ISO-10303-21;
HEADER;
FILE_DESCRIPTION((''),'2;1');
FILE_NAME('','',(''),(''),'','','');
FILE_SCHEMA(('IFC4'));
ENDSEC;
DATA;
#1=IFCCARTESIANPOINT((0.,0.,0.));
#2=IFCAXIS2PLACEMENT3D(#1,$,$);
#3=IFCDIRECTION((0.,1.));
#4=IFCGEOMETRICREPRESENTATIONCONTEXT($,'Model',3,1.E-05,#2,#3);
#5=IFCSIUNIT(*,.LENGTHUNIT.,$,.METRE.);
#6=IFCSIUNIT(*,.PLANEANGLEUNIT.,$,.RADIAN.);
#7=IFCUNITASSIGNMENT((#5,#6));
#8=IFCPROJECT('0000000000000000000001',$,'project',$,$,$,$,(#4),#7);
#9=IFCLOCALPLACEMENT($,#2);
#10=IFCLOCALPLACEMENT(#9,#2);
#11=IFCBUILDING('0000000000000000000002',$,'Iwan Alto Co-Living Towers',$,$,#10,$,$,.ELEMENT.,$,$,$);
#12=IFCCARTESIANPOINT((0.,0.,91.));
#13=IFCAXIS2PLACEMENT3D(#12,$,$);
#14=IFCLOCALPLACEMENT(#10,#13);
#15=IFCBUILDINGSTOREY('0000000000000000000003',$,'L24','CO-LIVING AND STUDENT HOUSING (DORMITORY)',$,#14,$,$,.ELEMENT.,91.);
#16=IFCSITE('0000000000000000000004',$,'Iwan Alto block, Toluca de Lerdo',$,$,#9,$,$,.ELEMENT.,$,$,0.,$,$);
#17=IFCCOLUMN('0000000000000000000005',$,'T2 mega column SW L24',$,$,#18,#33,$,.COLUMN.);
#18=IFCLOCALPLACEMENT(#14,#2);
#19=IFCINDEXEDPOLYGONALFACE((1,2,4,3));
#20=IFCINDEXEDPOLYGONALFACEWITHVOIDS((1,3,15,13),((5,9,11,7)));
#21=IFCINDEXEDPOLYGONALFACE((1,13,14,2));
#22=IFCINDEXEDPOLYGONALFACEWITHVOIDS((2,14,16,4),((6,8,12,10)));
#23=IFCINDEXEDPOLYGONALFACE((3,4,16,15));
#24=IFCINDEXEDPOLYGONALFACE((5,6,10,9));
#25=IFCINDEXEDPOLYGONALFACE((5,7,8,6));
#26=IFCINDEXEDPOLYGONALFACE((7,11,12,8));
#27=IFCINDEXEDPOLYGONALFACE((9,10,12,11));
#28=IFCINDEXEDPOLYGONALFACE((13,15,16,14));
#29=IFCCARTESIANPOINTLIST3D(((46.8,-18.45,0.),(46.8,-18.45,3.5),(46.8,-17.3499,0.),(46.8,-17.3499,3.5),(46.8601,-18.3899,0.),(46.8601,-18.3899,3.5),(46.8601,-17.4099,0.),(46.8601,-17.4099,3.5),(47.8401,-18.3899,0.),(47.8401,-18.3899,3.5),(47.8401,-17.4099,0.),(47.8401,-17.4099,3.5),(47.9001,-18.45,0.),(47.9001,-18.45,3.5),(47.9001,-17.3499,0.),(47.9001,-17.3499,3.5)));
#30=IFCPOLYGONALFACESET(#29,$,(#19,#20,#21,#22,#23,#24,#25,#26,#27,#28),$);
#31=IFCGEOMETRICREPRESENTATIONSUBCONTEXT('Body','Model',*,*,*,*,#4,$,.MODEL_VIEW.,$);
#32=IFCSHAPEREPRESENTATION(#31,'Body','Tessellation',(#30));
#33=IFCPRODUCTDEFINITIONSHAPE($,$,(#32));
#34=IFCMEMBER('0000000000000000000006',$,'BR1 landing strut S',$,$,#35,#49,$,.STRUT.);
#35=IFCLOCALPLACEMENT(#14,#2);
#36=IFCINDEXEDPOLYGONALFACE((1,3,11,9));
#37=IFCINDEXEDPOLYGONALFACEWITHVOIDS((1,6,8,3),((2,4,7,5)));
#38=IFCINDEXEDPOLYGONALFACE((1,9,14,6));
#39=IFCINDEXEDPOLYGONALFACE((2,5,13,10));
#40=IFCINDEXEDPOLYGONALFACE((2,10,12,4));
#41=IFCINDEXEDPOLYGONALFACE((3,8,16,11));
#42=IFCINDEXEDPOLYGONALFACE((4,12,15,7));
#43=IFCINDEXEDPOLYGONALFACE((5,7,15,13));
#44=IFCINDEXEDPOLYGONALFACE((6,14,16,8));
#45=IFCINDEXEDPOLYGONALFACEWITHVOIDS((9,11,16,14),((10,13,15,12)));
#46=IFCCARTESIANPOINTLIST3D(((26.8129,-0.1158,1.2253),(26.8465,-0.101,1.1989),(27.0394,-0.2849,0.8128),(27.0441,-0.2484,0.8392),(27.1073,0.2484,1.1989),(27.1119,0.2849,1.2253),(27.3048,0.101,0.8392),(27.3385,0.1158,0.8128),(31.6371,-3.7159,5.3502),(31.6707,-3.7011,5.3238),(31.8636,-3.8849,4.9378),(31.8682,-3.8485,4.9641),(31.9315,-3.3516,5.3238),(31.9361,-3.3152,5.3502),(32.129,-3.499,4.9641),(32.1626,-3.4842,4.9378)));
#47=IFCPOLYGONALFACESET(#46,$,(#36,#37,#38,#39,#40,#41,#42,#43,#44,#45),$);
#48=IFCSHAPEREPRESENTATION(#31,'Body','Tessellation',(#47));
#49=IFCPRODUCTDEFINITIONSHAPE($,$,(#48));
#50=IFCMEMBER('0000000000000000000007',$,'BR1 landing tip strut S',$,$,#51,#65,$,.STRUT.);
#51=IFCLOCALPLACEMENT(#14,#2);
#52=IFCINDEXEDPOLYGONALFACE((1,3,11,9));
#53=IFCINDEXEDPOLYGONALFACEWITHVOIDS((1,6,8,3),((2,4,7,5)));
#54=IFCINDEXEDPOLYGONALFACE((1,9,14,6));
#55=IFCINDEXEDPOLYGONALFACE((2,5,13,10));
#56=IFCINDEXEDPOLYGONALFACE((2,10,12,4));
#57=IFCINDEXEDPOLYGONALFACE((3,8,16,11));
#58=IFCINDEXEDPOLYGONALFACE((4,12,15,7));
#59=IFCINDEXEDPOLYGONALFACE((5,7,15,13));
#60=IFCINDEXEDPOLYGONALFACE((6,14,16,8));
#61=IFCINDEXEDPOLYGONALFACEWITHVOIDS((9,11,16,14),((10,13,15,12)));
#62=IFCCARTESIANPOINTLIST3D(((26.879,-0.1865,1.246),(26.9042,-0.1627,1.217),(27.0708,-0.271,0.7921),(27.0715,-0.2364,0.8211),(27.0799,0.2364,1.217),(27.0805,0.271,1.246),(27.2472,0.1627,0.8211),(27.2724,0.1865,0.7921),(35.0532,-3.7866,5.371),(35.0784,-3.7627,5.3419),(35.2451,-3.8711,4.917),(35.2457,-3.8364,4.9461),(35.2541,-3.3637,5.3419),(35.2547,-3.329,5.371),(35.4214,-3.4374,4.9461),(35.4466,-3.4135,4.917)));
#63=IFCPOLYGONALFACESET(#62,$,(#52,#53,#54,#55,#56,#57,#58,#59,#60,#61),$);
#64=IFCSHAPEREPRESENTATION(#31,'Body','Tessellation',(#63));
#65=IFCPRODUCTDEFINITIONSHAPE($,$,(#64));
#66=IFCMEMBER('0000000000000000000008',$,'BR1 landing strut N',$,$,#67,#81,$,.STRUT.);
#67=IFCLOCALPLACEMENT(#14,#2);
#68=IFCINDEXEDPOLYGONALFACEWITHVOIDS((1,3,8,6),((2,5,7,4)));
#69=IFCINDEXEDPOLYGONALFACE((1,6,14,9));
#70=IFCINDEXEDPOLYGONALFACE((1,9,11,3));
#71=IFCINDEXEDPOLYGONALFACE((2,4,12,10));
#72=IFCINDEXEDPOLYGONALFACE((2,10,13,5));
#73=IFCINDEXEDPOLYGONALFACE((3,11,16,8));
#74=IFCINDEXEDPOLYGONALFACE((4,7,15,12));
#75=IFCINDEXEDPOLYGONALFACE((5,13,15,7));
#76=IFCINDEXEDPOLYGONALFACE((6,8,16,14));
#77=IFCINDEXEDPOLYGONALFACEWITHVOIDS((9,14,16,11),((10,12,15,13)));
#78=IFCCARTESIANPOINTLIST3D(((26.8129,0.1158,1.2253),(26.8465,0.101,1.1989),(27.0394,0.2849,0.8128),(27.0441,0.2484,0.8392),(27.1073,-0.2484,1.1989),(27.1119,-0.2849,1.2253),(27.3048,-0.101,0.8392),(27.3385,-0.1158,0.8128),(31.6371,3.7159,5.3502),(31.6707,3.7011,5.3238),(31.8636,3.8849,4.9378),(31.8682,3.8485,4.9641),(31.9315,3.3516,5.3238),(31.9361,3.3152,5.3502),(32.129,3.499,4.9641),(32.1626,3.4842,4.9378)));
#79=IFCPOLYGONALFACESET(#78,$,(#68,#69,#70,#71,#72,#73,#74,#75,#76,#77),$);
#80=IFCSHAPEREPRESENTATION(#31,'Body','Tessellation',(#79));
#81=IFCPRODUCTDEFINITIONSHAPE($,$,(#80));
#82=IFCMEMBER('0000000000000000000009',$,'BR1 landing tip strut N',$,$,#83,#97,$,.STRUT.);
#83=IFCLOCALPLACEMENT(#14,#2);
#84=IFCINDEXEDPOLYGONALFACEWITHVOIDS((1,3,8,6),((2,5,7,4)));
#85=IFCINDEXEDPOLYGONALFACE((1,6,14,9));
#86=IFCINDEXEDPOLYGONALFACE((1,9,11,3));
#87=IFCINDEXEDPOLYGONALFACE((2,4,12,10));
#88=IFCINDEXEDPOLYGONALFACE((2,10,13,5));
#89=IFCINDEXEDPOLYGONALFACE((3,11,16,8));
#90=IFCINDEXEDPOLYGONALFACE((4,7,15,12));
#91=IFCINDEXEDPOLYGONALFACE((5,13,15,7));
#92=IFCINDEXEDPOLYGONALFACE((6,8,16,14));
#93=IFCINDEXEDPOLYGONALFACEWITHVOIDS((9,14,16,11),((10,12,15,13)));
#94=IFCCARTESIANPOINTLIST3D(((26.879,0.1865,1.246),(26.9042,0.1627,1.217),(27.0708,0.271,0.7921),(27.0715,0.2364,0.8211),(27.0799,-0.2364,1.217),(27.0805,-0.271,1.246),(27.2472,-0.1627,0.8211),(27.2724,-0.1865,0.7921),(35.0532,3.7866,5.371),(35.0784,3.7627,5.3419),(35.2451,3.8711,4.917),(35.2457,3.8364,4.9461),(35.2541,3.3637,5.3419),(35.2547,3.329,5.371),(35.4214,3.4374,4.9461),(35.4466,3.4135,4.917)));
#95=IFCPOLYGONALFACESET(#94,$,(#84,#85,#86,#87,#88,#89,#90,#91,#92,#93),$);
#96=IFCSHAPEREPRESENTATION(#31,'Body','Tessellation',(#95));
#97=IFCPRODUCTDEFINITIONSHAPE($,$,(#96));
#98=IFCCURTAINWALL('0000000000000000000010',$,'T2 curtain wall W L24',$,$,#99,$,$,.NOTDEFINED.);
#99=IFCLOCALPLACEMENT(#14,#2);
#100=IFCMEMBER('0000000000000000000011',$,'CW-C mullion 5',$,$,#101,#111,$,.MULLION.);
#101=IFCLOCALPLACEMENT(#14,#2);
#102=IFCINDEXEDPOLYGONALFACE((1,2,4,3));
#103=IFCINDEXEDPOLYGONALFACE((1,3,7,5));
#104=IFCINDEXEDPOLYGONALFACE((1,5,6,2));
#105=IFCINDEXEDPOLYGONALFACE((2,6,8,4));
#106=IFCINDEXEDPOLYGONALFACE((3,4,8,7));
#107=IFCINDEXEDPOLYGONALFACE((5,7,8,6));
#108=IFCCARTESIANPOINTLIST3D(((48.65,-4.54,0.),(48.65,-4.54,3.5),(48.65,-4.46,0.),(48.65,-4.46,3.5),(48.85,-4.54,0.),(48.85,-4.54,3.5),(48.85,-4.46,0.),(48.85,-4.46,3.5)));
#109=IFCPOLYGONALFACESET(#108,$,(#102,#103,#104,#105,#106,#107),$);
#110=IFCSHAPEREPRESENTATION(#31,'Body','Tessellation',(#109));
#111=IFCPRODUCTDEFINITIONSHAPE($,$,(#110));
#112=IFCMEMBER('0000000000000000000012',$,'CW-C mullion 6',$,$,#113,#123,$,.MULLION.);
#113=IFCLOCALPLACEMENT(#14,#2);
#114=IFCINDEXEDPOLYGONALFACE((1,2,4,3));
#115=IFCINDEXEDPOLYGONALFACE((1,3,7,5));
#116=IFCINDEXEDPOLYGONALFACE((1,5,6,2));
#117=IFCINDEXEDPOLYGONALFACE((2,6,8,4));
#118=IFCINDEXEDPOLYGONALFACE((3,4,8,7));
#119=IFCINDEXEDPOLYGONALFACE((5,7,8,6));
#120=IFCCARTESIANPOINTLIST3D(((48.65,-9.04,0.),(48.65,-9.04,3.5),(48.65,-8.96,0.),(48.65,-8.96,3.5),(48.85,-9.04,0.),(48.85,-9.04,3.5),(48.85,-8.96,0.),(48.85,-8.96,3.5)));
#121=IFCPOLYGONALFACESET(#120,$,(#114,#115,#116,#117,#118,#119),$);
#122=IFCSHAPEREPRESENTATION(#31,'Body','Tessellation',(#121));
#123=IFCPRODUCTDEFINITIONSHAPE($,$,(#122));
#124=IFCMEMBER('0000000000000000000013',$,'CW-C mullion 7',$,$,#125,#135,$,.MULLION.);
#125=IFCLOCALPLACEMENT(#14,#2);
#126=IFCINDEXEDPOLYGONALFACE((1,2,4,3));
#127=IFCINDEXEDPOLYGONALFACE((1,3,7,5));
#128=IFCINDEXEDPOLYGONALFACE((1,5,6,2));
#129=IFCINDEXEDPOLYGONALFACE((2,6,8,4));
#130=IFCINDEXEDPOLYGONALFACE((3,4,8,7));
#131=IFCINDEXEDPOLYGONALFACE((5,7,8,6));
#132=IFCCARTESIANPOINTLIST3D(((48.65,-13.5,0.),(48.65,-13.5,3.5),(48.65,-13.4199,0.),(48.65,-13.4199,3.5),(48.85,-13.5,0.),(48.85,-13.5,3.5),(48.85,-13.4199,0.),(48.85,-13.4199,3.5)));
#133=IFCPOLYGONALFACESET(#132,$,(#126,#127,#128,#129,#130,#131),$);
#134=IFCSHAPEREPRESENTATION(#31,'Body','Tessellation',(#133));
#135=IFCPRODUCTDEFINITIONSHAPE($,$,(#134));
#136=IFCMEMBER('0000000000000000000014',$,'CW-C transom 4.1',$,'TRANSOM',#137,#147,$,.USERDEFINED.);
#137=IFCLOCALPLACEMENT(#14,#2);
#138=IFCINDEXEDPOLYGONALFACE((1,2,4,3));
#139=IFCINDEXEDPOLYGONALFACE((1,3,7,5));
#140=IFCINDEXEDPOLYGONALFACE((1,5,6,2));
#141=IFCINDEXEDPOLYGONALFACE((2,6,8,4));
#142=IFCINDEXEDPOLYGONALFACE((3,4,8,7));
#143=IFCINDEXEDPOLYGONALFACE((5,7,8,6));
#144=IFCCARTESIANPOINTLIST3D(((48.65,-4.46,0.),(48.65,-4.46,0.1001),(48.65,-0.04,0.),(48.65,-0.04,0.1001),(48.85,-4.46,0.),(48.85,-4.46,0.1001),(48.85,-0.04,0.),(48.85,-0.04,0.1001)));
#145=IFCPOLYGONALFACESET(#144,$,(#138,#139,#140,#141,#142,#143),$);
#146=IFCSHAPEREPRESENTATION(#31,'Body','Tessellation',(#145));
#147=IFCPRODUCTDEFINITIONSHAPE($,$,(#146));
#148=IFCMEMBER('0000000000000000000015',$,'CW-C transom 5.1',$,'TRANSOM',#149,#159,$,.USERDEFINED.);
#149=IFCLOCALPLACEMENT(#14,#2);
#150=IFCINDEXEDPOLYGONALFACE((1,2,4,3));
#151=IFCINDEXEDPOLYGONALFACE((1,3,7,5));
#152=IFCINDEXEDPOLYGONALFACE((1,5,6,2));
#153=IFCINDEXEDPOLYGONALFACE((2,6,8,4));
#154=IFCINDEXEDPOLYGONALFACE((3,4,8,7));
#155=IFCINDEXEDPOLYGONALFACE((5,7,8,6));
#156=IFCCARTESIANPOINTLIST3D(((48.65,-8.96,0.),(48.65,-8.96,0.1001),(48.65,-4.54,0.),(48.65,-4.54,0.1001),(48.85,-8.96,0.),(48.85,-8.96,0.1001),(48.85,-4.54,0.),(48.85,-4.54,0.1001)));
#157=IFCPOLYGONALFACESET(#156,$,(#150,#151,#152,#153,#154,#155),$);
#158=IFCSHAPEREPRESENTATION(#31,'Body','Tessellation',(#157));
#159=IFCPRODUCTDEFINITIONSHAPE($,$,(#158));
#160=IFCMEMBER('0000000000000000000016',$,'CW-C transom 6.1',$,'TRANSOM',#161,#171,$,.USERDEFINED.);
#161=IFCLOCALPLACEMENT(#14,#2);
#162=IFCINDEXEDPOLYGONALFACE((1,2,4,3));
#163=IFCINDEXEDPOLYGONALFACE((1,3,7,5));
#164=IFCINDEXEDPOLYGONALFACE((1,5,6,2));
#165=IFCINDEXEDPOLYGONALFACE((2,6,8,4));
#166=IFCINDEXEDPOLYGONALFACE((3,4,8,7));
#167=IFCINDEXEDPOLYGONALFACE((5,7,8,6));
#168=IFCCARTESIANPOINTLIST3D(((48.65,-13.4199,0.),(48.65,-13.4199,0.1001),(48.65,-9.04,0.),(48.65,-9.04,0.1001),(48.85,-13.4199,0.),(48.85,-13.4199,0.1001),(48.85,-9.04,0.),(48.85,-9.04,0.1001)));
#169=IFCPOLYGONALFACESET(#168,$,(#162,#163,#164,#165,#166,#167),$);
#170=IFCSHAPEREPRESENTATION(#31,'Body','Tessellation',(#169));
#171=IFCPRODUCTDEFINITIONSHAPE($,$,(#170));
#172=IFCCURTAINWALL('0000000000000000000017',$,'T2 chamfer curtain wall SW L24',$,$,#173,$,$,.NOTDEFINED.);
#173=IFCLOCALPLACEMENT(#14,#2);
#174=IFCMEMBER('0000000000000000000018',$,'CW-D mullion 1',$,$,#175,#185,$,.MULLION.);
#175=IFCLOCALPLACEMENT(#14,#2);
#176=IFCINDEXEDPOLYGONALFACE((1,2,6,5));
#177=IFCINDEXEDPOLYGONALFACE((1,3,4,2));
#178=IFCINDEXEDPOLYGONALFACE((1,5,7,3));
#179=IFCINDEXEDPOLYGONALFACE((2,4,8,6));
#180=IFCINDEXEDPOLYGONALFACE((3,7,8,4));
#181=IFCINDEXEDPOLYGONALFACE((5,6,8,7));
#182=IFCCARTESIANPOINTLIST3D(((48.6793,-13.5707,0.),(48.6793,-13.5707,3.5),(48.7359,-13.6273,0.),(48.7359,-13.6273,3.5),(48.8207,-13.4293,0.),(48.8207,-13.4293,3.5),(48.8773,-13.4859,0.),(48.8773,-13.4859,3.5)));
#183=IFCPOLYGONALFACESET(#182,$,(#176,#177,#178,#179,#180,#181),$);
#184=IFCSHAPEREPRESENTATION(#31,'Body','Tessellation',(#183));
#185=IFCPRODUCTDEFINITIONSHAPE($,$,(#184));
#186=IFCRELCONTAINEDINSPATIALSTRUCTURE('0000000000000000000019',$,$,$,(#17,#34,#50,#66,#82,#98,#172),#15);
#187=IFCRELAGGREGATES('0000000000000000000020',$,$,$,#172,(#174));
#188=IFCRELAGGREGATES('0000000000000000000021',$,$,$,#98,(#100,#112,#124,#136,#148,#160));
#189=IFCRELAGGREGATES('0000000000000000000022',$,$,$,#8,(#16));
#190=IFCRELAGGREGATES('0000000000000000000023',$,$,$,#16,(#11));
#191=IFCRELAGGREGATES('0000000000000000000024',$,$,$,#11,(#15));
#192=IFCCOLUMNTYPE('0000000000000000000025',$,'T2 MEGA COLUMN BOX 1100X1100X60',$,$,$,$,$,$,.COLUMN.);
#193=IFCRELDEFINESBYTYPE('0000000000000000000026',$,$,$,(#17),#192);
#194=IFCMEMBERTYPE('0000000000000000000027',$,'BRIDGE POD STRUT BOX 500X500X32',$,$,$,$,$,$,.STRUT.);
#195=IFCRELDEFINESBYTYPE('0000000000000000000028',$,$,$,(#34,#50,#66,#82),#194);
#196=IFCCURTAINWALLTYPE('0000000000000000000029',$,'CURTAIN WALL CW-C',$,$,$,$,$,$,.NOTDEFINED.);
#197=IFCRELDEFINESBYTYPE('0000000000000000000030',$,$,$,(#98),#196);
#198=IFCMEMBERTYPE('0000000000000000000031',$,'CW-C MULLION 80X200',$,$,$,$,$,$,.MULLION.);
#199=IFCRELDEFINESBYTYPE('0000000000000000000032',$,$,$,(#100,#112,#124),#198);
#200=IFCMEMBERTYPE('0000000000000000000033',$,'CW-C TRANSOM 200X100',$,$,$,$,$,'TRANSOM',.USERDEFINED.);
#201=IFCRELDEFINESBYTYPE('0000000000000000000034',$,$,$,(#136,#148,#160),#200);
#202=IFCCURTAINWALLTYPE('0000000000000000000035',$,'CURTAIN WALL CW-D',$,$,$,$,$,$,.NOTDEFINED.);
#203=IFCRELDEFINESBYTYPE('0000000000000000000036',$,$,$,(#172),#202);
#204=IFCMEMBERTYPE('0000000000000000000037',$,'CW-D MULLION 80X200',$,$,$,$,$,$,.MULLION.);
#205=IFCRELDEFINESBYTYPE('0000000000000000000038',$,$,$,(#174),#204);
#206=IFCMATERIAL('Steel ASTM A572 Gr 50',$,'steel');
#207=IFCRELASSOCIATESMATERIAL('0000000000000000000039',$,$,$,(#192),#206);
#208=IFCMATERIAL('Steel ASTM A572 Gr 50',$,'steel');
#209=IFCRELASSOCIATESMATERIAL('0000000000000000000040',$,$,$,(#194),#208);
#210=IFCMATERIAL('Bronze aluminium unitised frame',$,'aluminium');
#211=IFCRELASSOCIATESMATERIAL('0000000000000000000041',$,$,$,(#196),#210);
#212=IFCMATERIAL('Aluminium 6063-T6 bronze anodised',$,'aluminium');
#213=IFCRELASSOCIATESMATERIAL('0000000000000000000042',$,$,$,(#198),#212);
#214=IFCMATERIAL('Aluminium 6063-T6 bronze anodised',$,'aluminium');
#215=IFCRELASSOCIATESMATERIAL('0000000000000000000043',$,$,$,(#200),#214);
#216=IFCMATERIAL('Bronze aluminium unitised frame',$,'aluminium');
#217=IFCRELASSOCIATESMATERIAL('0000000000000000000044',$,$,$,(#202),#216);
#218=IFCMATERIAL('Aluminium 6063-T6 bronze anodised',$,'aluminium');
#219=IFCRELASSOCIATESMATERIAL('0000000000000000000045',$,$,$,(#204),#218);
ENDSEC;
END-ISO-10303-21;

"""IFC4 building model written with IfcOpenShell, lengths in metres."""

from ifc_helpers import new_model, si_unit, direction, frame, origin, origin_2d, place, context, subcontext, project, spatial, rectangle, hollow_rectangle, extrude, material, material_profile, profile_set, type_object, element, aggregate, save


model = new_model("IFC4")

# Units and contexts
model_context = context("Model", 3, precision=1e-05, world=origin(), true_north=direction((0.0, 1.0)))
body_context = subcontext(model_context, "Body", "Model", "MODEL_VIEW")
ifc_project = project(units=[si_unit("LENGTHUNIT", "METRE"), si_unit("PLANEANGLEUNIT", "RADIAN")], contexts=[model_context])

# Site, building, storey
site_placement = place(None, origin())
site = spatial("IfcSite", under=ifc_project, at=site_placement, Name="Iwan Alto block, Toluca de Lerdo", CompositionType="ELEMENT", RefElevation=0.0)
building_placement = place(site_placement, origin())
building = spatial("IfcBuilding", under=site, at=building_placement, Name="Iwan Alto Co-Living Towers", CompositionType="ELEMENT")
storey_placement = place(building_placement, frame((0.0, 0.0, 91.0)))
storey = spatial("IfcBuildingStorey", under=building, at=storey_placement, Name="L24", Description="CO-LIVING AND STUDENT HOUSING (DORMITORY)", CompositionType="ELEMENT", Elevation=91.0)

# Column
ifc_material_1 = material(Name="Steel ASTM A572 Gr 50", Category="steel")
ifc_material_profile_1 = material_profile(ifc_material_1, hollow_rectangle(XDim=1.1001, YDim=1.1001, WallThickness=0.0601, at=origin_2d()), Name="BOX 1100X1100X60")
ifc_profile_set_1 = profile_set([ifc_material_profile_1], Name="Steel ASTM A572 Gr 50")
column_type = type_object("IfcColumnType", Name="T2 MEGA COLUMN BOX 1100X1100X60", PredefinedType="COLUMN", material=ifc_profile_set_1)
column_placement = place(storey_placement, frame((47.3501, -17.8999, 0.0), z_axis=(0.0, 0.0, 1.0), x_axis=(1.0, 0.0, 0.0)))
element("IfcColumn", 1, at=column_placement, inside=storey, type_object=column_type, Name="T2 mega column SW L24", PredefinedType="COLUMN", context=body_context, shape_type="SweptSolid", body=[
    extrude(hollow_rectangle(XDim=1.1001, YDim=1.1001, WallThickness=0.0601, at=origin_2d()), origin(), (0.0, 0.0, 1.0), 3.5),
])

# Members
ifc_material_2 = material(Name="Steel ASTM A572 Gr 50", Category="steel")
ifc_material_profile_2 = material_profile(ifc_material_2, hollow_rectangle(XDim=0.5, YDim=0.5, WallThickness=0.032, at=origin_2d()), Name="BOX 500X500X32")
ifc_profile_set_2 = profile_set([ifc_material_profile_2], Name="Steel ASTM A572 Gr 50")
member_type_1 = type_object("IfcMemberType", Name="BRIDGE POD STRUT BOX 500X500X32", PredefinedType="STRUT", material=ifc_profile_set_2)
member_1_placement = place(storey_placement, frame((27.0757, 0.0, 1.019), z_axis=(0.661104, -0.493352, 0.565284), x_axis=(0.598077, 0.801438, 0.0)))
element("IfcMember", 2, at=member_1_placement, inside=storey, type_object=member_type_1, Name="BR1 landing strut S", PredefinedType="STRUT", context=body_context, shape_type="SweptSolid", body=[
    extrude(hollow_rectangle(XDim=0.5, YDim=0.5, WallThickness=0.032, at=origin_2d()), origin(), (0.0, 0.0, 1.0), 7.2971),
])
member_2_placement = place(storey_placement, frame((27.0757, 0.0, 1.019), z_axis=(0.830851, -0.36592, 0.419272), x_axis=(0.403057, 0.915175, 0.0)))
element("IfcMember", 3, at=member_2_placement, inside=storey, type_object=member_type_1, Name="BR1 landing tip strut S", PredefinedType="STRUT", context=body_context, shape_type="SweptSolid", body=[
    extrude(hollow_rectangle(XDim=0.5, YDim=0.5, WallThickness=0.032, at=origin_2d()), origin(), (0.0, 0.0, 1.0), 9.8384),
])
member_3_placement = place(storey_placement, frame((27.0757, 0.0, 1.019), z_axis=(0.661104, 0.493352, 0.565284), x_axis=(-0.598077, 0.801438, 0.0)))
element("IfcMember", 4, at=member_3_placement, inside=storey, type_object=member_type_1, Name="BR1 landing strut N", PredefinedType="STRUT", context=body_context, shape_type="SweptSolid", body=[
    extrude(hollow_rectangle(XDim=0.5, YDim=0.5, WallThickness=0.032, at=origin_2d()), origin(), (0.0, 0.0, 1.0), 7.2971),
])
member_4_placement = place(storey_placement, frame((27.0757, 0.0, 1.019), z_axis=(0.830851, 0.36592, 0.419272), x_axis=(-0.403057, 0.915175, 0.0)))
element("IfcMember", 5, at=member_4_placement, inside=storey, type_object=member_type_1, Name="BR1 landing tip strut N", PredefinedType="STRUT", context=body_context, shape_type="SweptSolid", body=[
    extrude(hollow_rectangle(XDim=0.5, YDim=0.5, WallThickness=0.032, at=origin_2d()), origin(), (0.0, 0.0, 1.0), 9.8384),
])

# Curtain walls, members
ifc_material_3 = material(Name="Bronze aluminium unitised frame", Category="aluminium")
curtain_wall_type_1 = type_object("IfcCurtainWallType", Name="CURTAIN WALL CW-C", PredefinedType="NOTDEFINED", material=ifc_material_3)
curtain_wall_1_placement = place(storey_placement, origin())
curtain_wall_1 = element("IfcCurtainWall", 6, at=curtain_wall_1_placement, inside=storey, type_object=curtain_wall_type_1, Name="T2 curtain wall W L24", PredefinedType="NOTDEFINED")
ifc_material_4 = material(Name="Aluminium 6063-T6 bronze anodised", Category="aluminium")
ifc_material_profile_3 = material_profile(ifc_material_4, rectangle(XDim=0.2, YDim=0.0801, at=origin_2d()), Name="AL 80X200")
ifc_profile_set_3 = profile_set([ifc_material_profile_3], Name="Aluminium 6063-T6 bronze anodised")
member_type_2 = type_object("IfcMemberType", Name="CW-C MULLION 80X200", PredefinedType="MULLION", material=ifc_profile_set_3)
member_5_placement = place(storey_placement, frame((48.75, -4.5, 0.0), z_axis=(0.0, 0.0, 1.0), x_axis=(1.0, 0.0, 0.0)))
member_5 = element("IfcMember", 7, at=member_5_placement, type_object=member_type_2, Name="CW-C mullion 5", PredefinedType="MULLION", context=body_context, shape_type="SweptSolid", body=[
    extrude(rectangle(XDim=0.2, YDim=0.0801, at=origin_2d()), origin(), (0.0, 0.0, 1.0), 3.5),
])
member_6_placement = place(storey_placement, frame((48.75, -9.0, 0.0), z_axis=(0.0, 0.0, 1.0), x_axis=(1.0, 0.0, 0.0)))
member_6 = element("IfcMember", 8, at=member_6_placement, type_object=member_type_2, Name="CW-C mullion 6", PredefinedType="MULLION", context=body_context, shape_type="SweptSolid", body=[
    extrude(rectangle(XDim=0.2, YDim=0.0801, at=origin_2d()), origin(), (0.0, 0.0, 1.0), 3.5),
])
member_7_placement = place(storey_placement, frame((48.75, -13.46, 0.0), z_axis=(0.0, 0.0, 1.0), x_axis=(1.0, 0.0, 0.0)))
member_7 = element("IfcMember", 9, at=member_7_placement, type_object=member_type_2, Name="CW-C mullion 7", PredefinedType="MULLION", context=body_context, shape_type="SweptSolid", body=[
    extrude(rectangle(XDim=0.2, YDim=0.0801, at=origin_2d()), origin(), (0.0, 0.0, 1.0), 3.5),
])
ifc_material_5 = material(Name="Aluminium 6063-T6 bronze anodised", Category="aluminium")
ifc_material_profile_4 = material_profile(ifc_material_5, rectangle(XDim=0.2, YDim=0.1001, at=origin_2d()), Name="AL 200X100")
ifc_profile_set_4 = profile_set([ifc_material_profile_4], Name="Aluminium 6063-T6 bronze anodised")
member_type_3 = type_object("IfcMemberType", Name="CW-C TRANSOM 200X100", ElementType="TRANSOM", PredefinedType="USERDEFINED", material=ifc_profile_set_4)
member_8_placement = place(storey_placement, frame((48.75, -0.04, 0.05), z_axis=(0.0, -1.0, 0.0), x_axis=(1.0, 0.0, 0.0)))
member_8 = element("IfcMember", 10, at=member_8_placement, type_object=member_type_3, Name="CW-C transom 4.1", ObjectType="TRANSOM", PredefinedType="USERDEFINED", context=body_context, shape_type="SweptSolid", body=[
    extrude(rectangle(XDim=0.2, YDim=0.1001, at=origin_2d()), origin(), (0.0, 0.0, 1.0), 4.4199),
])
member_9_placement = place(storey_placement, frame((48.75, -4.54, 0.05), z_axis=(0.0, -1.0, 0.0), x_axis=(1.0, 0.0, 0.0)))
member_9 = element("IfcMember", 11, at=member_9_placement, type_object=member_type_3, Name="CW-C transom 5.1", ObjectType="TRANSOM", PredefinedType="USERDEFINED", context=body_context, shape_type="SweptSolid", body=[
    extrude(rectangle(XDim=0.2, YDim=0.1001, at=origin_2d()), origin(), (0.0, 0.0, 1.0), 4.4199),
])
member_10_placement = place(storey_placement, frame((48.75, -9.04, 0.05), z_axis=(0.0, -1.0, 0.0), x_axis=(1.0, 0.0, 0.0)))
member_10 = element("IfcMember", 12, at=member_10_placement, type_object=member_type_3, Name="CW-C transom 6.1", ObjectType="TRANSOM", PredefinedType="USERDEFINED", context=body_context, shape_type="SweptSolid", body=[
    extrude(rectangle(XDim=0.2, YDim=0.1001, at=origin_2d()), origin(), (0.0, 0.0, 1.0), 4.3799),
])
ifc_material_6 = material(Name="Bronze aluminium unitised frame", Category="aluminium")
curtain_wall_type_2 = type_object("IfcCurtainWallType", Name="CURTAIN WALL CW-D", PredefinedType="NOTDEFINED", material=ifc_material_6)
curtain_wall_2_placement = place(storey_placement, origin())
curtain_wall_2 = element("IfcCurtainWall", 13, at=curtain_wall_2_placement, inside=storey, type_object=curtain_wall_type_2, Name="T2 chamfer curtain wall SW L24", PredefinedType="NOTDEFINED")
ifc_material_7 = material(Name="Aluminium 6063-T6 bronze anodised", Category="aluminium")
ifc_material_profile_5 = material_profile(ifc_material_7, rectangle(XDim=0.2, YDim=0.0801, at=origin_2d()), Name="AL 80X200")
ifc_profile_set_5 = profile_set([ifc_material_profile_5], Name="Aluminium 6063-T6 bronze anodised")
member_type_4 = type_object("IfcMemberType", Name="CW-D MULLION 80X200", PredefinedType="MULLION", material=ifc_profile_set_5)
member_11_placement = place(storey_placement, frame((48.7783, -13.5283, 0.0), z_axis=(0.0, 0.0, 1.0), x_axis=(0.707107, 0.707107, 0.0)))
member_11 = element("IfcMember", 14, at=member_11_placement, type_object=member_type_4, Name="CW-D mullion 1", PredefinedType="MULLION", context=body_context, shape_type="SweptSolid", body=[
    extrude(rectangle(XDim=0.2, YDim=0.0801, at=origin_2d()), origin(), (0.0, 0.0, 1.0), 3.5),
])
aggregate(curtain_wall_2, [member_11])

aggregate(curtain_wall_1, [member_5, member_6, member_7, member_8, member_9, member_10])

save(model, "model.ifc")
